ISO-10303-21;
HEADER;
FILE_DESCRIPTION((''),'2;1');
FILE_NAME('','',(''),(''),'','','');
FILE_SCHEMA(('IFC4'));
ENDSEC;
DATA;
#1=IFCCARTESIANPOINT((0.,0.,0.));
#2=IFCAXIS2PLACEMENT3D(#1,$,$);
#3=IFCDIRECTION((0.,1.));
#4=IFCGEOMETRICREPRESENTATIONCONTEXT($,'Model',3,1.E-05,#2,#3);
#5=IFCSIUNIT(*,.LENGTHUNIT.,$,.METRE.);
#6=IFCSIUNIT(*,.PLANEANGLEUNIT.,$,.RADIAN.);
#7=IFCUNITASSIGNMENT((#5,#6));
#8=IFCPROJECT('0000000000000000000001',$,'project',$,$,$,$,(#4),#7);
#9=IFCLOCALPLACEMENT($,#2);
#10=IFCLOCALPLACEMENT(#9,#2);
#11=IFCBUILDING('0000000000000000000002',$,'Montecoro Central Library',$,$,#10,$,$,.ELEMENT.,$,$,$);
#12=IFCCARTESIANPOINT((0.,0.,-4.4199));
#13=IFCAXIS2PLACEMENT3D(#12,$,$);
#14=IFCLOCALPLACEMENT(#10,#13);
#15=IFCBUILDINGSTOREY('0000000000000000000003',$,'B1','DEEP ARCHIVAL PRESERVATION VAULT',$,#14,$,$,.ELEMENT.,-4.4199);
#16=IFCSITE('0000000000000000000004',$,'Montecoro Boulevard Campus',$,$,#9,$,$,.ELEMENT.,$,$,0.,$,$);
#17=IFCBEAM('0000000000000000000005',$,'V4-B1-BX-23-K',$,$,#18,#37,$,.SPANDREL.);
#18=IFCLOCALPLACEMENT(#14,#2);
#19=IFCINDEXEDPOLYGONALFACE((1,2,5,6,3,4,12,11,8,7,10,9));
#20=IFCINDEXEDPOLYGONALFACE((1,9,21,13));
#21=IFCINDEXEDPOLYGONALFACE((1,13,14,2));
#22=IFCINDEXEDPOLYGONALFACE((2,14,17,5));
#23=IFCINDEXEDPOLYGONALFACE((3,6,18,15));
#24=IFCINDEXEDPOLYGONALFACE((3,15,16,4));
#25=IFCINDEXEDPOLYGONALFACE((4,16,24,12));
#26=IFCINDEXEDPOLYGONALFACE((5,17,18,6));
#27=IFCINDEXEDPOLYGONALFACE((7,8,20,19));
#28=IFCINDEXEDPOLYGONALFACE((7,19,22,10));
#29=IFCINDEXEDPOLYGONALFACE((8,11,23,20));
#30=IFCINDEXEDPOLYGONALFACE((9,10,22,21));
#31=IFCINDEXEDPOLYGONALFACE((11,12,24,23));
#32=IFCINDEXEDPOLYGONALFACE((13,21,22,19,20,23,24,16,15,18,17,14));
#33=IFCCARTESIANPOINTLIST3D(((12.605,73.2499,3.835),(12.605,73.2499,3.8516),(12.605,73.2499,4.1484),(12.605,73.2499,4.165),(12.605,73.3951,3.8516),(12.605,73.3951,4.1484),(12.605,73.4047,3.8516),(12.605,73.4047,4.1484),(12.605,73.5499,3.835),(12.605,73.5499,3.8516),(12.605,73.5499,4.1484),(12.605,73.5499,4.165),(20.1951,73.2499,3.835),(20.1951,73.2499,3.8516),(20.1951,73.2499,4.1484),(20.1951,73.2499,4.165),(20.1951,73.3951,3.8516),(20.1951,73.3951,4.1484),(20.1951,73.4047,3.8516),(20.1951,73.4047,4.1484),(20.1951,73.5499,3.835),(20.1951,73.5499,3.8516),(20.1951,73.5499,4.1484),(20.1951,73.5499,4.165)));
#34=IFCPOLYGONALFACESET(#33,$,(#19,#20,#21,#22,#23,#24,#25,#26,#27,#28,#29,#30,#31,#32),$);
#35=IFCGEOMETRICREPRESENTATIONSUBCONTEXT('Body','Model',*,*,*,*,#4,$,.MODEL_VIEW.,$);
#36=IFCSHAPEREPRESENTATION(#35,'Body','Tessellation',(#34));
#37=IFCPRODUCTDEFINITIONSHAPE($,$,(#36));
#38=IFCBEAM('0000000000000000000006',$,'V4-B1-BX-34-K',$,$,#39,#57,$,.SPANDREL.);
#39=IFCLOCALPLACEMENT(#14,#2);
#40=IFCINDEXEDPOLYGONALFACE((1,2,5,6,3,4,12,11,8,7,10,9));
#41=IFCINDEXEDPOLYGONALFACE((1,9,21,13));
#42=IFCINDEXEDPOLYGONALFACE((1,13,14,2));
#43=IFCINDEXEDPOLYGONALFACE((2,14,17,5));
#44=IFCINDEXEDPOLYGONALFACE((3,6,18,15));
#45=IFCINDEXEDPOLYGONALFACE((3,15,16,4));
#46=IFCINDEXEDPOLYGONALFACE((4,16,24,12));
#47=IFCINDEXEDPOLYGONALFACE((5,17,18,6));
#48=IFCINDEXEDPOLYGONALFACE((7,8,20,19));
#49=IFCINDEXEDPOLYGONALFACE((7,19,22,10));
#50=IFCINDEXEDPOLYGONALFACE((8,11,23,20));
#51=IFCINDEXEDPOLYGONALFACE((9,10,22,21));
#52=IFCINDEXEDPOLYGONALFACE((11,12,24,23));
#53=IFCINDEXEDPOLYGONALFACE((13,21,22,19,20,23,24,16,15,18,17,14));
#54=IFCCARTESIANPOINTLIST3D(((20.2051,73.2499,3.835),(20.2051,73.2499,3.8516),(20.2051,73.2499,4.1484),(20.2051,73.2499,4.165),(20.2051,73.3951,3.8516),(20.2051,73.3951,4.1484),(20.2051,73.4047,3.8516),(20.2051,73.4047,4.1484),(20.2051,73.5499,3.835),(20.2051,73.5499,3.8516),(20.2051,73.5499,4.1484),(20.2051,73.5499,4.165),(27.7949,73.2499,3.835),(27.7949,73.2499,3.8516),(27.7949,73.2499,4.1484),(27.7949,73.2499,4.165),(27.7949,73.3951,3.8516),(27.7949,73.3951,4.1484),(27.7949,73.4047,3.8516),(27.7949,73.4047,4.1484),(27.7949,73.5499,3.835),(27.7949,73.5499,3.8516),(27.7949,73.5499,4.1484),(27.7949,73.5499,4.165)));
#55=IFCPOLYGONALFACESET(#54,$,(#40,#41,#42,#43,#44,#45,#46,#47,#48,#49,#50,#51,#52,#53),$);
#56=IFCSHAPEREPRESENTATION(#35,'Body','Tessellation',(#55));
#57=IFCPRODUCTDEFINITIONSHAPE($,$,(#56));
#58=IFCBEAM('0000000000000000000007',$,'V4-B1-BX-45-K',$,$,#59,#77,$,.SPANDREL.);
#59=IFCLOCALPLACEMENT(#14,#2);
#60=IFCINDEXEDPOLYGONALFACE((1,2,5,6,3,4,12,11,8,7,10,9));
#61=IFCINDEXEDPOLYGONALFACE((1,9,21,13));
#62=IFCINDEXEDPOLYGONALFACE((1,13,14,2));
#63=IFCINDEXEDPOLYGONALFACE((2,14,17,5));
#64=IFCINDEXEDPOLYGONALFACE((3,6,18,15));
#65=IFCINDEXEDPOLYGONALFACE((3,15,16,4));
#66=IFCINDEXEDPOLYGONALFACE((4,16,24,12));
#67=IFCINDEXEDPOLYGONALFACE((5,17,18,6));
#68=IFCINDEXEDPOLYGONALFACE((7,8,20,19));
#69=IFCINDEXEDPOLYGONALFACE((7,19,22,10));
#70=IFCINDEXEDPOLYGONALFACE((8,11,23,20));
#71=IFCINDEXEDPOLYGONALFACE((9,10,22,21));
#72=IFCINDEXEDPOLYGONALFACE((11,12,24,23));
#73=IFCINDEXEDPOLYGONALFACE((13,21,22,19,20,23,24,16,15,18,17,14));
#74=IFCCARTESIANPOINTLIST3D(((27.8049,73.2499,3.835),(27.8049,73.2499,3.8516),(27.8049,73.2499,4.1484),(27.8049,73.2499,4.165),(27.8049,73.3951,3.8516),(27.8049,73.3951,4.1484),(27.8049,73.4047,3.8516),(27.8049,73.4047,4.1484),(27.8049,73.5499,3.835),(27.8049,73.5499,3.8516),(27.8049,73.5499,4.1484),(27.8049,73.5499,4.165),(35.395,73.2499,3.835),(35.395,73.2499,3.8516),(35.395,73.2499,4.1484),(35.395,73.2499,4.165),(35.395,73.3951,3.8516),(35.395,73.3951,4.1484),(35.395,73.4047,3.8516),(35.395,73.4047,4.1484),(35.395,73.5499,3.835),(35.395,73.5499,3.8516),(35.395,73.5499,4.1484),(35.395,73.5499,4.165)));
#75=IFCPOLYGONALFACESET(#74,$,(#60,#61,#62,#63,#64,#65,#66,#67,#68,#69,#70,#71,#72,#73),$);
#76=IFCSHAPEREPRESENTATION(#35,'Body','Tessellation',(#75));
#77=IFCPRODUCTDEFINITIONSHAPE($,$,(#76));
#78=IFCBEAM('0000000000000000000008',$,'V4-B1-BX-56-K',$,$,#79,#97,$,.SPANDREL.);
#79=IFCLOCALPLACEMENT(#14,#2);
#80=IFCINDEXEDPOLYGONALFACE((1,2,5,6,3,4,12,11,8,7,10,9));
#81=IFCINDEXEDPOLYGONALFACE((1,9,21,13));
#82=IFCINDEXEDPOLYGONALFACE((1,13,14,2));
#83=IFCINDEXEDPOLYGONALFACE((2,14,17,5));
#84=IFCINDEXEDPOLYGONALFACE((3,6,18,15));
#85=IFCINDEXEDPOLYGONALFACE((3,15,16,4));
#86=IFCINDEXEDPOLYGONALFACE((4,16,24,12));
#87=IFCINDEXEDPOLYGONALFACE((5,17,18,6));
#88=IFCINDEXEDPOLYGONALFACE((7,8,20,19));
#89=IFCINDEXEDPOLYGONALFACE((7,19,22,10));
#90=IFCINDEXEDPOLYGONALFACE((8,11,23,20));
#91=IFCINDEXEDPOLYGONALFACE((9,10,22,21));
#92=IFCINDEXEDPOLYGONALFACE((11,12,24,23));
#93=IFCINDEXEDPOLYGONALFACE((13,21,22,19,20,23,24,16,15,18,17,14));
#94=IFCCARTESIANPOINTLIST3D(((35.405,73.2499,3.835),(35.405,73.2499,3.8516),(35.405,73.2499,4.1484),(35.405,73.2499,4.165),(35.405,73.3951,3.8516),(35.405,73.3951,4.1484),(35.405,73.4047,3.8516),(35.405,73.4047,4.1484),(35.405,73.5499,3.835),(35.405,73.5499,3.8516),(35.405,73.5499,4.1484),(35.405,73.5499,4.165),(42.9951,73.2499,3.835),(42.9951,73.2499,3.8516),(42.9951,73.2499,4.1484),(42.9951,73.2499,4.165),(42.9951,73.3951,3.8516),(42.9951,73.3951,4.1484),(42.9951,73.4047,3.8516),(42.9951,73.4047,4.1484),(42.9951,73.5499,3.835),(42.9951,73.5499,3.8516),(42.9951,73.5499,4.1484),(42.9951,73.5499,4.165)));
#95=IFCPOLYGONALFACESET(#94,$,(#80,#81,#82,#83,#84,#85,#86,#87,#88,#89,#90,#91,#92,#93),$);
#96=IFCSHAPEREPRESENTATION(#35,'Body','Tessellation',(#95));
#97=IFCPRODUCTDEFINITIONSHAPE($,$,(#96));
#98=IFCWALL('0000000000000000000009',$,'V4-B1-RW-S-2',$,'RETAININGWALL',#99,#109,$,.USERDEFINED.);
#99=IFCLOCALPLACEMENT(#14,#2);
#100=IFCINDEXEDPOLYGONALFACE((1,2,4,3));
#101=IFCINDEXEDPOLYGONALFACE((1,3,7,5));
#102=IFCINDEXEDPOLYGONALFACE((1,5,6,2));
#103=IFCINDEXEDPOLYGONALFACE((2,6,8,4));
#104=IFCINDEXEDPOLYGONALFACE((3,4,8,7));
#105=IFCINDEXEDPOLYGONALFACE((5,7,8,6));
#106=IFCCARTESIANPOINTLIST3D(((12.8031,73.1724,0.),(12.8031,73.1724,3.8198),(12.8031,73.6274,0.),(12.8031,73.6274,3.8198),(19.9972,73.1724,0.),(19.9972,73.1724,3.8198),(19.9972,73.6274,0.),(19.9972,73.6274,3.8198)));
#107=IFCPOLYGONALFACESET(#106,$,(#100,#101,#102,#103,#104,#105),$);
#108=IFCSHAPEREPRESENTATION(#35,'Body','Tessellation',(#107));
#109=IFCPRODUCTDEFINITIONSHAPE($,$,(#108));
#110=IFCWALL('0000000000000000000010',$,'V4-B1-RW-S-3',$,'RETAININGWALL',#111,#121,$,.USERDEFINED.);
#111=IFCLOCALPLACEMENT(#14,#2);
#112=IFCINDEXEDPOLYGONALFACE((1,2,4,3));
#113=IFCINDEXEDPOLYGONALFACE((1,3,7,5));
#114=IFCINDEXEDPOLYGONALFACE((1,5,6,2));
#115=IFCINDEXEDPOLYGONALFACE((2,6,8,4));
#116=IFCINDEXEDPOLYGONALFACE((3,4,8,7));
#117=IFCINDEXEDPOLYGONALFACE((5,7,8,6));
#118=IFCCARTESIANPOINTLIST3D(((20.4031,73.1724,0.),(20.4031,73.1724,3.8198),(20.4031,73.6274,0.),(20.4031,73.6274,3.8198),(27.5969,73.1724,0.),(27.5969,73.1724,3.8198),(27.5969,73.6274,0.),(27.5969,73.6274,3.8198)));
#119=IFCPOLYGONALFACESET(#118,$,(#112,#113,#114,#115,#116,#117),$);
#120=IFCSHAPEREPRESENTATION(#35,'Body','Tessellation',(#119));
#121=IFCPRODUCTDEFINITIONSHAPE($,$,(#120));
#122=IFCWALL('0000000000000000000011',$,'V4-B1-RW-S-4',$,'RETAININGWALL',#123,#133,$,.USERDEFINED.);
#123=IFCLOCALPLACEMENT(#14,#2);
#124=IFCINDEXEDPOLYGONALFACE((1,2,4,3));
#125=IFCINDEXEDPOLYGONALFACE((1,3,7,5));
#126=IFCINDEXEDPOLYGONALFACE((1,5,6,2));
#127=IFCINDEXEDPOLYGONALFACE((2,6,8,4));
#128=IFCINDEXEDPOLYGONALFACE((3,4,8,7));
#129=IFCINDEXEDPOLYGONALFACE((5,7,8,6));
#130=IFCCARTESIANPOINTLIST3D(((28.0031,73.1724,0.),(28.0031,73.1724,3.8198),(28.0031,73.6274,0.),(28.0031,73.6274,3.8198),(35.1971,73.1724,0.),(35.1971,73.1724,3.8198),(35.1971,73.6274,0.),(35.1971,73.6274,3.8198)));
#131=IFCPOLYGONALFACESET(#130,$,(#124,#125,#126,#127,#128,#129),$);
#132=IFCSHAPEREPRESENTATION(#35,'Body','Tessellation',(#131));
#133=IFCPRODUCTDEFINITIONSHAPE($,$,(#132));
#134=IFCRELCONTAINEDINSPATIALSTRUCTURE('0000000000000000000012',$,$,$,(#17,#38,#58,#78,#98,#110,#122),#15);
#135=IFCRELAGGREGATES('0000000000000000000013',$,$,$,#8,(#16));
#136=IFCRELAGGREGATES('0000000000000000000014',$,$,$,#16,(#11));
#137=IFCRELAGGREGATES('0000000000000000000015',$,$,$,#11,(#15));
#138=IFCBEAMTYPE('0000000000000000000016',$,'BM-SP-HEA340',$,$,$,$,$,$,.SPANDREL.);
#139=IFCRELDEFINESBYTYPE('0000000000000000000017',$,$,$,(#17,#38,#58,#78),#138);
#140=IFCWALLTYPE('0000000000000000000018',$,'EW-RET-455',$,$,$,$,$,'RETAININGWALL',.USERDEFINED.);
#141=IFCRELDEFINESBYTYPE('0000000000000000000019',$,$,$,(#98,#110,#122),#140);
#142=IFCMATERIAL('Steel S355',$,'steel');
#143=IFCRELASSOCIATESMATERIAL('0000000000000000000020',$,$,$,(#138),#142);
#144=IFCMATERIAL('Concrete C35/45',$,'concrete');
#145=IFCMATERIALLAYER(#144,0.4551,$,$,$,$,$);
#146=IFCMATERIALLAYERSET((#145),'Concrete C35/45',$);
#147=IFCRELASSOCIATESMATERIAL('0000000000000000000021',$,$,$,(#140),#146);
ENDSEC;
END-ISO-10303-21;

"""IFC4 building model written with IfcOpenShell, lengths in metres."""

from ifc_helpers import new_model, si_unit, direction, frame, frame_2d, origin, origin_2d, place, context, subcontext, project, spatial, rectangle, i_section, extrude, material, layer, layer_set, material_profile, profile_set, type_object, element, save


model = new_model("IFC4")

# Units and contexts
model_context = context("Model", 3, precision=1e-05, world=origin(), true_north=direction((0.0, 1.0)))
body_context = subcontext(model_context, "Body", "Model", "MODEL_VIEW")
ifc_project = project(units=[si_unit("LENGTHUNIT", "METRE"), si_unit("PLANEANGLEUNIT", "RADIAN")], contexts=[model_context])

# Site, building, storey
site_placement = place(None, origin())
site = spatial("IfcSite", under=ifc_project, at=site_placement, Name="Montecoro Boulevard Campus", CompositionType="ELEMENT", RefElevation=0.0)
building_placement = place(site_placement, origin())
building = spatial("IfcBuilding", under=site, at=building_placement, Name="Montecoro Central Library", CompositionType="ELEMENT")
storey_placement = place(building_placement, frame((0.0, 0.0, -4.4199)))
storey = spatial("IfcBuildingStorey", under=building, at=storey_placement, Name="B1", Description="DEEP ARCHIVAL PRESERVATION VAULT", CompositionType="ELEMENT", Elevation=-4.4199)

# Shared definitions
ifc_material_1 = material(Name="Concrete C35/45", Category="concrete")

# Beams
ifc_material_2 = material(Name="Steel S355", Category="steel")
ifc_material_profile_1 = material_profile(ifc_material_2, i_section(OverallWidth=0.3, OverallDepth=0.3301, WebThickness=0.0095, FlangeThickness=0.0166, at=origin_2d()), Name="HEA 340")
ifc_profile_set_1 = profile_set([ifc_material_profile_1], Name="Steel S355")
beam_type = type_object("IfcBeamType", Name="BM-SP-HEA340", PredefinedType="SPANDREL", material=ifc_profile_set_1)
beam_1_placement = place(storey_placement, frame((12.605, 73.3999, 4.0), z_axis=(1.0, 0.0, 0.0), x_axis=(0.0, 1.0, 0.0)))
element("IfcBeam", 1, at=beam_1_placement, inside=storey, type_object=beam_type, Name="V4-B1-BX-23-K", PredefinedType="SPANDREL", context=body_context, shape_type="SweptSolid", body=[
    extrude(i_section(OverallWidth=0.3, OverallDepth=0.3301, WebThickness=0.0095, FlangeThickness=0.0166, at=origin_2d()), origin(), (0.0, 0.0, 1.0), 7.5901),
])
beam_2_placement = place(storey_placement, frame((20.2051, 73.3999, 4.0), z_axis=(1.0, 0.0, 0.0), x_axis=(0.0, 1.0, 0.0)))
element("IfcBeam", 2, at=beam_2_placement, inside=storey, type_object=beam_type, Name="V4-B1-BX-34-K", PredefinedType="SPANDREL", context=body_context, shape_type="SweptSolid", body=[
    extrude(i_section(OverallWidth=0.3, OverallDepth=0.3301, WebThickness=0.0095, FlangeThickness=0.0166, at=origin_2d()), origin(), (0.0, 0.0, 1.0), 7.5898),
])
for number, where, z_axis, x_axis, name in (
    (3, (27.8049, 73.3999, 4.0), (1.0, 0.0, 0.0), (0.0, 1.0, 0.0), "V4-B1-BX-45-K"),
    (4, (35.405, 73.3999, 4.0), (1.0, 0.0, 0.0), (0.0, 1.0, 0.0), "V4-B1-BX-56-K"),
):
    element("IfcBeam", number, at=place(storey_placement, frame(where, z_axis=z_axis, x_axis=x_axis)), inside=storey, type_object=beam_type, Name=name, PredefinedType="SPANDREL", context=body_context, shape_type="SweptSolid", body=[
        extrude(i_section(OverallWidth=0.3, OverallDepth=0.3301, WebThickness=0.0095, FlangeThickness=0.0166, at=origin_2d()), origin(), (0.0, 0.0, 1.0), 7.5901),
    ])

# Walls
ifc_layer = layer(ifc_material_1, 0.4551)
ifc_layer_set = layer_set([ifc_layer], Name="Concrete C35/45")
wall_type = type_object("IfcWallType", Name="EW-RET-455", ElementType="RETAININGWALL", PredefinedType="USERDEFINED", material=ifc_layer_set)
wall_1_placement = place(storey_placement, frame((12.803, 73.3999, 0.0), z_axis=(0.0, 0.0, 1.0), x_axis=(1.0, 0.0, 0.0)))
element("IfcWall", 5, at=wall_1_placement, inside=storey, type_object=wall_type, Name="V4-B1-RW-S-2", ObjectType="RETAININGWALL", PredefinedType="USERDEFINED", context=body_context, shape_type="SweptSolid", body=[
    extrude(rectangle(XDim=7.1941, YDim=0.4551, at=frame_2d((3.5972, 0.0))), origin(), (0.0, 0.0, 1.0), 3.8198),
])
wall_2_placement = place(storey_placement, frame((20.4031, 73.3999, 0.0), z_axis=(0.0, 0.0, 1.0), x_axis=(1.0, 0.0, 0.0)))
element("IfcWall", 6, at=wall_2_placement, inside=storey, type_object=wall_type, Name="V4-B1-RW-S-3", ObjectType="RETAININGWALL", PredefinedType="USERDEFINED", context=body_context, shape_type="SweptSolid", body=[
    extrude(rectangle(XDim=7.1938, YDim=0.4551, at=frame_2d((3.5969, 0.0))), origin(), (0.0, 0.0, 1.0), 3.8198),
])
wall_3_placement = place(storey_placement, frame((28.0029, 73.3999, 0.0), z_axis=(0.0, 0.0, 1.0), x_axis=(1.0, 0.0, 0.0)))
element("IfcWall", 7, at=wall_3_placement, inside=storey, type_object=wall_type, Name="V4-B1-RW-S-4", ObjectType="RETAININGWALL", PredefinedType="USERDEFINED", context=body_context, shape_type="SweptSolid", body=[
    extrude(rectangle(XDim=7.1941, YDim=0.4551, at=frame_2d((3.5972, 0.0))), origin(), (0.0, 0.0, 1.0), 3.8198),
])

save(model, "model.ifc")
